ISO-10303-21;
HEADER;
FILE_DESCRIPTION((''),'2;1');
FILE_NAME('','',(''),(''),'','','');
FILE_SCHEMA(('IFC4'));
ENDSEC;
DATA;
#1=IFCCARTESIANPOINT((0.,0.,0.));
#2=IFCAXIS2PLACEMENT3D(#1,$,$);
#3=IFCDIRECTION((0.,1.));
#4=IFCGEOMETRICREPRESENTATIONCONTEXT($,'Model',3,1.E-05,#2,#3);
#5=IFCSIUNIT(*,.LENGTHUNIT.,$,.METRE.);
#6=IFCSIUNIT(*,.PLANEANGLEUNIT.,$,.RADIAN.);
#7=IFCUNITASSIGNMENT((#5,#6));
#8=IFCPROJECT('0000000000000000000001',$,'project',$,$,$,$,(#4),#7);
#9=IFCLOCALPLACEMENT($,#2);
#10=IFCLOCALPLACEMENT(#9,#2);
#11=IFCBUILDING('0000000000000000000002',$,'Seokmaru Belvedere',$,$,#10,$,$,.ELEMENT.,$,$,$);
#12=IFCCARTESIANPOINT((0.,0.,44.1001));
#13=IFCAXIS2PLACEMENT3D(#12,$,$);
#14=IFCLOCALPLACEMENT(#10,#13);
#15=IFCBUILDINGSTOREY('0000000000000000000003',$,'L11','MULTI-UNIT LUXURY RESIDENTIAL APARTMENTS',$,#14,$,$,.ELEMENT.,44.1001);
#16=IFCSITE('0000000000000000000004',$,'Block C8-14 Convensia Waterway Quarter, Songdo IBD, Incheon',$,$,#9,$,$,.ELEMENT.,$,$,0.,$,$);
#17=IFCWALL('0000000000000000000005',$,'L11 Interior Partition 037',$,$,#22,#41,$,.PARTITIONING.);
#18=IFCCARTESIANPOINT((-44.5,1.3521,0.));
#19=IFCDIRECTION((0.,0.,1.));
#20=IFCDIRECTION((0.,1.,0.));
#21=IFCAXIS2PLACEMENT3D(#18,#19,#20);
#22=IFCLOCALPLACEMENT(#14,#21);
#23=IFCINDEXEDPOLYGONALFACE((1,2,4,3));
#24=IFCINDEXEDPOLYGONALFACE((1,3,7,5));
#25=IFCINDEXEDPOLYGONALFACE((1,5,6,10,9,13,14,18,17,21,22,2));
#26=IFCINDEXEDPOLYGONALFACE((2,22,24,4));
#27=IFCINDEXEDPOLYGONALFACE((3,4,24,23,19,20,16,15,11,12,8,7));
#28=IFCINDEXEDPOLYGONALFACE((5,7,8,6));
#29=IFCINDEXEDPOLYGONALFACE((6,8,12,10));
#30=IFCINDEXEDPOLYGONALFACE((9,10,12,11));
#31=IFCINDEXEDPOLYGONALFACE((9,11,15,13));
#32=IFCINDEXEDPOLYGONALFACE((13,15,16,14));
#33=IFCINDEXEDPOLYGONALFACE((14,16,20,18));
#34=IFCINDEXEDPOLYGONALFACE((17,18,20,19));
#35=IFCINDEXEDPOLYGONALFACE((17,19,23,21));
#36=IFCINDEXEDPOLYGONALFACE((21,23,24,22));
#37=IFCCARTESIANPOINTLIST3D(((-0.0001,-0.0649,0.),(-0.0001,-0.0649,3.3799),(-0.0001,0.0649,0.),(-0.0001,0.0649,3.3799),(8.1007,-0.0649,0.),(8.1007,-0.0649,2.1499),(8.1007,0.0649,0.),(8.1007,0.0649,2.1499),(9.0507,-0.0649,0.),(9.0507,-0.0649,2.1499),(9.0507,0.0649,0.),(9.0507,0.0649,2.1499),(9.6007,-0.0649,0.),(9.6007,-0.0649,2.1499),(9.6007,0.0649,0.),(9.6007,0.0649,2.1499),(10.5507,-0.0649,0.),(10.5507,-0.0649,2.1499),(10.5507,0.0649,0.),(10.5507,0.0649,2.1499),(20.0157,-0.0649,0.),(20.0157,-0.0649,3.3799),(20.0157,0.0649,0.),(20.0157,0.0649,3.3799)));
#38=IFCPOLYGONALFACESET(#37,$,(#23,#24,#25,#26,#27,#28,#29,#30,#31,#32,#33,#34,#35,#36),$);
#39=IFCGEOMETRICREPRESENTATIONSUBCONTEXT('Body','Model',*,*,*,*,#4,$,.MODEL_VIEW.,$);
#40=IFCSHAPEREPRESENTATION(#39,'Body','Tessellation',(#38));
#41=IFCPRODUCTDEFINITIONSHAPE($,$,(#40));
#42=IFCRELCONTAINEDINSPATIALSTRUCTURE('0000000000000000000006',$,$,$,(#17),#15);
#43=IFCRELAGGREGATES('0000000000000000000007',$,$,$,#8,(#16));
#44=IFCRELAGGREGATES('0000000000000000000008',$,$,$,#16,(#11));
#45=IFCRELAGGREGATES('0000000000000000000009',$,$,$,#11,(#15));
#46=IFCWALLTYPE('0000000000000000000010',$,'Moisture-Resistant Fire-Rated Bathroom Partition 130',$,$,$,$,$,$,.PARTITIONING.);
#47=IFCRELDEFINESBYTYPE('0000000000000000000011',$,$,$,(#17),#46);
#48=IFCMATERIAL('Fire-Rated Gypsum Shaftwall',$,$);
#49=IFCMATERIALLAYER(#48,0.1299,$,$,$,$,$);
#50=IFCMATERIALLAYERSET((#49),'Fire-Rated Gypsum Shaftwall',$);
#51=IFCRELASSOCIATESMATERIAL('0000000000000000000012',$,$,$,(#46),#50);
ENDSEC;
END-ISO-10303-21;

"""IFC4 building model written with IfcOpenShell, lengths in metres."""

from ifc_helpers import new_model, si_unit, direction, frame, frame_2d, origin, place, context, subcontext, project, spatial, rectangle, extrude, material, layer, layer_set, type_object, element, save


model = new_model("IFC4")

# Units and contexts
model_context = context("Model", 3, precision=1e-05, world=origin(), true_north=direction((0.0, 1.0)))
body_context = subcontext(model_context, "Body", "Model", "MODEL_VIEW")
ifc_project = project(units=[si_unit("LENGTHUNIT", "METRE"), si_unit("PLANEANGLEUNIT", "RADIAN")], contexts=[model_context])

# Site, building, storey
site_placement = place(None, origin())
site = spatial("IfcSite", under=ifc_project, at=site_placement, Name="Block C8-14 Convensia Waterway Quarter, Songdo IBD, Incheon", CompositionType="ELEMENT", RefElevation=0.0)
building_placement = place(site_placement, origin())
building = spatial("IfcBuilding", under=site, at=building_placement, Name="Seokmaru Belvedere", CompositionType="ELEMENT")
storey_placement = place(building_placement, frame((0.0, 0.0, 44.1001)))
storey = spatial("IfcBuildingStorey", under=building, at=storey_placement, Name="L11", Description="MULTI-UNIT LUXURY RESIDENTIAL APARTMENTS", CompositionType="ELEMENT", Elevation=44.1001)

# Shared definitions
ifc_material_1 = material(Name="Fire-Rated Gypsum Shaftwall")

# Shared definitions
ifc_layer_1 = layer(ifc_material_1, 0.1299)
ifc_layer_set_1 = layer_set([ifc_layer_1], Name="Fire-Rated Gypsum Shaftwall")
wall_type_1 = type_object("IfcWallType", Name="Moisture-Resistant Fire-Rated Bathroom Partition 130", PredefinedType="PARTITIONING", material=ifc_layer_set_1)

# Wall, openings
wall_1_placement = place(storey_placement, frame((-44.5, 1.3521, 0.0), z_axis=(0.0, 0.0, 1.0), x_axis=(0.0, 1.0, 0.0)))
wall_1 = element("IfcWall", 1, at=wall_1_placement, inside=storey, type_object=wall_type_1, Name="L11 Interior Partition 037", PredefinedType="PARTITIONING", context=body_context, shape_type="SweptSolid", body=[
    extrude(rectangle(XDim=20.0159, YDim=0.1299, at=frame_2d((10.0078, 0.0))), origin(), (0.0, 0.0, 1.0), 3.3799),
])
opening_1_placement = place(wall_1_placement, frame((8.1006, 0.0, 0.0)))
element("IfcOpeningElement", 2, at=opening_1_placement, cuts=wall_1, PredefinedType="OPENING", context=body_context, shape_type="SweptSolid", body=[
    extrude(rectangle(XDim=0.95, YDim=2.1499, at=frame_2d((0.4751, 1.075))), frame((0.0, 0.075, 0.0), z_axis=(0.0, -1.0, 0.0), x_axis=(1.0, 0.0, 0.0)), (0.0, 0.0, 1.0), 0.1499),
])
opening_2_placement = place(wall_1_placement, frame((9.6006, 0.0, 0.0)))
element("IfcOpeningElement", 3, at=opening_2_placement, cuts=wall_1, PredefinedType="OPENING", context=body_context, shape_type="SweptSolid", body=[
    extrude(rectangle(XDim=0.95, YDim=2.1499, at=frame_2d((0.4751, 1.075))), frame((0.0, 0.075, 0.0), z_axis=(0.0, -1.0, 0.0), x_axis=(1.0, 0.0, 0.0)), (0.0, 0.0, 1.0), 0.1499),
])

save(model, "model.ifc")
